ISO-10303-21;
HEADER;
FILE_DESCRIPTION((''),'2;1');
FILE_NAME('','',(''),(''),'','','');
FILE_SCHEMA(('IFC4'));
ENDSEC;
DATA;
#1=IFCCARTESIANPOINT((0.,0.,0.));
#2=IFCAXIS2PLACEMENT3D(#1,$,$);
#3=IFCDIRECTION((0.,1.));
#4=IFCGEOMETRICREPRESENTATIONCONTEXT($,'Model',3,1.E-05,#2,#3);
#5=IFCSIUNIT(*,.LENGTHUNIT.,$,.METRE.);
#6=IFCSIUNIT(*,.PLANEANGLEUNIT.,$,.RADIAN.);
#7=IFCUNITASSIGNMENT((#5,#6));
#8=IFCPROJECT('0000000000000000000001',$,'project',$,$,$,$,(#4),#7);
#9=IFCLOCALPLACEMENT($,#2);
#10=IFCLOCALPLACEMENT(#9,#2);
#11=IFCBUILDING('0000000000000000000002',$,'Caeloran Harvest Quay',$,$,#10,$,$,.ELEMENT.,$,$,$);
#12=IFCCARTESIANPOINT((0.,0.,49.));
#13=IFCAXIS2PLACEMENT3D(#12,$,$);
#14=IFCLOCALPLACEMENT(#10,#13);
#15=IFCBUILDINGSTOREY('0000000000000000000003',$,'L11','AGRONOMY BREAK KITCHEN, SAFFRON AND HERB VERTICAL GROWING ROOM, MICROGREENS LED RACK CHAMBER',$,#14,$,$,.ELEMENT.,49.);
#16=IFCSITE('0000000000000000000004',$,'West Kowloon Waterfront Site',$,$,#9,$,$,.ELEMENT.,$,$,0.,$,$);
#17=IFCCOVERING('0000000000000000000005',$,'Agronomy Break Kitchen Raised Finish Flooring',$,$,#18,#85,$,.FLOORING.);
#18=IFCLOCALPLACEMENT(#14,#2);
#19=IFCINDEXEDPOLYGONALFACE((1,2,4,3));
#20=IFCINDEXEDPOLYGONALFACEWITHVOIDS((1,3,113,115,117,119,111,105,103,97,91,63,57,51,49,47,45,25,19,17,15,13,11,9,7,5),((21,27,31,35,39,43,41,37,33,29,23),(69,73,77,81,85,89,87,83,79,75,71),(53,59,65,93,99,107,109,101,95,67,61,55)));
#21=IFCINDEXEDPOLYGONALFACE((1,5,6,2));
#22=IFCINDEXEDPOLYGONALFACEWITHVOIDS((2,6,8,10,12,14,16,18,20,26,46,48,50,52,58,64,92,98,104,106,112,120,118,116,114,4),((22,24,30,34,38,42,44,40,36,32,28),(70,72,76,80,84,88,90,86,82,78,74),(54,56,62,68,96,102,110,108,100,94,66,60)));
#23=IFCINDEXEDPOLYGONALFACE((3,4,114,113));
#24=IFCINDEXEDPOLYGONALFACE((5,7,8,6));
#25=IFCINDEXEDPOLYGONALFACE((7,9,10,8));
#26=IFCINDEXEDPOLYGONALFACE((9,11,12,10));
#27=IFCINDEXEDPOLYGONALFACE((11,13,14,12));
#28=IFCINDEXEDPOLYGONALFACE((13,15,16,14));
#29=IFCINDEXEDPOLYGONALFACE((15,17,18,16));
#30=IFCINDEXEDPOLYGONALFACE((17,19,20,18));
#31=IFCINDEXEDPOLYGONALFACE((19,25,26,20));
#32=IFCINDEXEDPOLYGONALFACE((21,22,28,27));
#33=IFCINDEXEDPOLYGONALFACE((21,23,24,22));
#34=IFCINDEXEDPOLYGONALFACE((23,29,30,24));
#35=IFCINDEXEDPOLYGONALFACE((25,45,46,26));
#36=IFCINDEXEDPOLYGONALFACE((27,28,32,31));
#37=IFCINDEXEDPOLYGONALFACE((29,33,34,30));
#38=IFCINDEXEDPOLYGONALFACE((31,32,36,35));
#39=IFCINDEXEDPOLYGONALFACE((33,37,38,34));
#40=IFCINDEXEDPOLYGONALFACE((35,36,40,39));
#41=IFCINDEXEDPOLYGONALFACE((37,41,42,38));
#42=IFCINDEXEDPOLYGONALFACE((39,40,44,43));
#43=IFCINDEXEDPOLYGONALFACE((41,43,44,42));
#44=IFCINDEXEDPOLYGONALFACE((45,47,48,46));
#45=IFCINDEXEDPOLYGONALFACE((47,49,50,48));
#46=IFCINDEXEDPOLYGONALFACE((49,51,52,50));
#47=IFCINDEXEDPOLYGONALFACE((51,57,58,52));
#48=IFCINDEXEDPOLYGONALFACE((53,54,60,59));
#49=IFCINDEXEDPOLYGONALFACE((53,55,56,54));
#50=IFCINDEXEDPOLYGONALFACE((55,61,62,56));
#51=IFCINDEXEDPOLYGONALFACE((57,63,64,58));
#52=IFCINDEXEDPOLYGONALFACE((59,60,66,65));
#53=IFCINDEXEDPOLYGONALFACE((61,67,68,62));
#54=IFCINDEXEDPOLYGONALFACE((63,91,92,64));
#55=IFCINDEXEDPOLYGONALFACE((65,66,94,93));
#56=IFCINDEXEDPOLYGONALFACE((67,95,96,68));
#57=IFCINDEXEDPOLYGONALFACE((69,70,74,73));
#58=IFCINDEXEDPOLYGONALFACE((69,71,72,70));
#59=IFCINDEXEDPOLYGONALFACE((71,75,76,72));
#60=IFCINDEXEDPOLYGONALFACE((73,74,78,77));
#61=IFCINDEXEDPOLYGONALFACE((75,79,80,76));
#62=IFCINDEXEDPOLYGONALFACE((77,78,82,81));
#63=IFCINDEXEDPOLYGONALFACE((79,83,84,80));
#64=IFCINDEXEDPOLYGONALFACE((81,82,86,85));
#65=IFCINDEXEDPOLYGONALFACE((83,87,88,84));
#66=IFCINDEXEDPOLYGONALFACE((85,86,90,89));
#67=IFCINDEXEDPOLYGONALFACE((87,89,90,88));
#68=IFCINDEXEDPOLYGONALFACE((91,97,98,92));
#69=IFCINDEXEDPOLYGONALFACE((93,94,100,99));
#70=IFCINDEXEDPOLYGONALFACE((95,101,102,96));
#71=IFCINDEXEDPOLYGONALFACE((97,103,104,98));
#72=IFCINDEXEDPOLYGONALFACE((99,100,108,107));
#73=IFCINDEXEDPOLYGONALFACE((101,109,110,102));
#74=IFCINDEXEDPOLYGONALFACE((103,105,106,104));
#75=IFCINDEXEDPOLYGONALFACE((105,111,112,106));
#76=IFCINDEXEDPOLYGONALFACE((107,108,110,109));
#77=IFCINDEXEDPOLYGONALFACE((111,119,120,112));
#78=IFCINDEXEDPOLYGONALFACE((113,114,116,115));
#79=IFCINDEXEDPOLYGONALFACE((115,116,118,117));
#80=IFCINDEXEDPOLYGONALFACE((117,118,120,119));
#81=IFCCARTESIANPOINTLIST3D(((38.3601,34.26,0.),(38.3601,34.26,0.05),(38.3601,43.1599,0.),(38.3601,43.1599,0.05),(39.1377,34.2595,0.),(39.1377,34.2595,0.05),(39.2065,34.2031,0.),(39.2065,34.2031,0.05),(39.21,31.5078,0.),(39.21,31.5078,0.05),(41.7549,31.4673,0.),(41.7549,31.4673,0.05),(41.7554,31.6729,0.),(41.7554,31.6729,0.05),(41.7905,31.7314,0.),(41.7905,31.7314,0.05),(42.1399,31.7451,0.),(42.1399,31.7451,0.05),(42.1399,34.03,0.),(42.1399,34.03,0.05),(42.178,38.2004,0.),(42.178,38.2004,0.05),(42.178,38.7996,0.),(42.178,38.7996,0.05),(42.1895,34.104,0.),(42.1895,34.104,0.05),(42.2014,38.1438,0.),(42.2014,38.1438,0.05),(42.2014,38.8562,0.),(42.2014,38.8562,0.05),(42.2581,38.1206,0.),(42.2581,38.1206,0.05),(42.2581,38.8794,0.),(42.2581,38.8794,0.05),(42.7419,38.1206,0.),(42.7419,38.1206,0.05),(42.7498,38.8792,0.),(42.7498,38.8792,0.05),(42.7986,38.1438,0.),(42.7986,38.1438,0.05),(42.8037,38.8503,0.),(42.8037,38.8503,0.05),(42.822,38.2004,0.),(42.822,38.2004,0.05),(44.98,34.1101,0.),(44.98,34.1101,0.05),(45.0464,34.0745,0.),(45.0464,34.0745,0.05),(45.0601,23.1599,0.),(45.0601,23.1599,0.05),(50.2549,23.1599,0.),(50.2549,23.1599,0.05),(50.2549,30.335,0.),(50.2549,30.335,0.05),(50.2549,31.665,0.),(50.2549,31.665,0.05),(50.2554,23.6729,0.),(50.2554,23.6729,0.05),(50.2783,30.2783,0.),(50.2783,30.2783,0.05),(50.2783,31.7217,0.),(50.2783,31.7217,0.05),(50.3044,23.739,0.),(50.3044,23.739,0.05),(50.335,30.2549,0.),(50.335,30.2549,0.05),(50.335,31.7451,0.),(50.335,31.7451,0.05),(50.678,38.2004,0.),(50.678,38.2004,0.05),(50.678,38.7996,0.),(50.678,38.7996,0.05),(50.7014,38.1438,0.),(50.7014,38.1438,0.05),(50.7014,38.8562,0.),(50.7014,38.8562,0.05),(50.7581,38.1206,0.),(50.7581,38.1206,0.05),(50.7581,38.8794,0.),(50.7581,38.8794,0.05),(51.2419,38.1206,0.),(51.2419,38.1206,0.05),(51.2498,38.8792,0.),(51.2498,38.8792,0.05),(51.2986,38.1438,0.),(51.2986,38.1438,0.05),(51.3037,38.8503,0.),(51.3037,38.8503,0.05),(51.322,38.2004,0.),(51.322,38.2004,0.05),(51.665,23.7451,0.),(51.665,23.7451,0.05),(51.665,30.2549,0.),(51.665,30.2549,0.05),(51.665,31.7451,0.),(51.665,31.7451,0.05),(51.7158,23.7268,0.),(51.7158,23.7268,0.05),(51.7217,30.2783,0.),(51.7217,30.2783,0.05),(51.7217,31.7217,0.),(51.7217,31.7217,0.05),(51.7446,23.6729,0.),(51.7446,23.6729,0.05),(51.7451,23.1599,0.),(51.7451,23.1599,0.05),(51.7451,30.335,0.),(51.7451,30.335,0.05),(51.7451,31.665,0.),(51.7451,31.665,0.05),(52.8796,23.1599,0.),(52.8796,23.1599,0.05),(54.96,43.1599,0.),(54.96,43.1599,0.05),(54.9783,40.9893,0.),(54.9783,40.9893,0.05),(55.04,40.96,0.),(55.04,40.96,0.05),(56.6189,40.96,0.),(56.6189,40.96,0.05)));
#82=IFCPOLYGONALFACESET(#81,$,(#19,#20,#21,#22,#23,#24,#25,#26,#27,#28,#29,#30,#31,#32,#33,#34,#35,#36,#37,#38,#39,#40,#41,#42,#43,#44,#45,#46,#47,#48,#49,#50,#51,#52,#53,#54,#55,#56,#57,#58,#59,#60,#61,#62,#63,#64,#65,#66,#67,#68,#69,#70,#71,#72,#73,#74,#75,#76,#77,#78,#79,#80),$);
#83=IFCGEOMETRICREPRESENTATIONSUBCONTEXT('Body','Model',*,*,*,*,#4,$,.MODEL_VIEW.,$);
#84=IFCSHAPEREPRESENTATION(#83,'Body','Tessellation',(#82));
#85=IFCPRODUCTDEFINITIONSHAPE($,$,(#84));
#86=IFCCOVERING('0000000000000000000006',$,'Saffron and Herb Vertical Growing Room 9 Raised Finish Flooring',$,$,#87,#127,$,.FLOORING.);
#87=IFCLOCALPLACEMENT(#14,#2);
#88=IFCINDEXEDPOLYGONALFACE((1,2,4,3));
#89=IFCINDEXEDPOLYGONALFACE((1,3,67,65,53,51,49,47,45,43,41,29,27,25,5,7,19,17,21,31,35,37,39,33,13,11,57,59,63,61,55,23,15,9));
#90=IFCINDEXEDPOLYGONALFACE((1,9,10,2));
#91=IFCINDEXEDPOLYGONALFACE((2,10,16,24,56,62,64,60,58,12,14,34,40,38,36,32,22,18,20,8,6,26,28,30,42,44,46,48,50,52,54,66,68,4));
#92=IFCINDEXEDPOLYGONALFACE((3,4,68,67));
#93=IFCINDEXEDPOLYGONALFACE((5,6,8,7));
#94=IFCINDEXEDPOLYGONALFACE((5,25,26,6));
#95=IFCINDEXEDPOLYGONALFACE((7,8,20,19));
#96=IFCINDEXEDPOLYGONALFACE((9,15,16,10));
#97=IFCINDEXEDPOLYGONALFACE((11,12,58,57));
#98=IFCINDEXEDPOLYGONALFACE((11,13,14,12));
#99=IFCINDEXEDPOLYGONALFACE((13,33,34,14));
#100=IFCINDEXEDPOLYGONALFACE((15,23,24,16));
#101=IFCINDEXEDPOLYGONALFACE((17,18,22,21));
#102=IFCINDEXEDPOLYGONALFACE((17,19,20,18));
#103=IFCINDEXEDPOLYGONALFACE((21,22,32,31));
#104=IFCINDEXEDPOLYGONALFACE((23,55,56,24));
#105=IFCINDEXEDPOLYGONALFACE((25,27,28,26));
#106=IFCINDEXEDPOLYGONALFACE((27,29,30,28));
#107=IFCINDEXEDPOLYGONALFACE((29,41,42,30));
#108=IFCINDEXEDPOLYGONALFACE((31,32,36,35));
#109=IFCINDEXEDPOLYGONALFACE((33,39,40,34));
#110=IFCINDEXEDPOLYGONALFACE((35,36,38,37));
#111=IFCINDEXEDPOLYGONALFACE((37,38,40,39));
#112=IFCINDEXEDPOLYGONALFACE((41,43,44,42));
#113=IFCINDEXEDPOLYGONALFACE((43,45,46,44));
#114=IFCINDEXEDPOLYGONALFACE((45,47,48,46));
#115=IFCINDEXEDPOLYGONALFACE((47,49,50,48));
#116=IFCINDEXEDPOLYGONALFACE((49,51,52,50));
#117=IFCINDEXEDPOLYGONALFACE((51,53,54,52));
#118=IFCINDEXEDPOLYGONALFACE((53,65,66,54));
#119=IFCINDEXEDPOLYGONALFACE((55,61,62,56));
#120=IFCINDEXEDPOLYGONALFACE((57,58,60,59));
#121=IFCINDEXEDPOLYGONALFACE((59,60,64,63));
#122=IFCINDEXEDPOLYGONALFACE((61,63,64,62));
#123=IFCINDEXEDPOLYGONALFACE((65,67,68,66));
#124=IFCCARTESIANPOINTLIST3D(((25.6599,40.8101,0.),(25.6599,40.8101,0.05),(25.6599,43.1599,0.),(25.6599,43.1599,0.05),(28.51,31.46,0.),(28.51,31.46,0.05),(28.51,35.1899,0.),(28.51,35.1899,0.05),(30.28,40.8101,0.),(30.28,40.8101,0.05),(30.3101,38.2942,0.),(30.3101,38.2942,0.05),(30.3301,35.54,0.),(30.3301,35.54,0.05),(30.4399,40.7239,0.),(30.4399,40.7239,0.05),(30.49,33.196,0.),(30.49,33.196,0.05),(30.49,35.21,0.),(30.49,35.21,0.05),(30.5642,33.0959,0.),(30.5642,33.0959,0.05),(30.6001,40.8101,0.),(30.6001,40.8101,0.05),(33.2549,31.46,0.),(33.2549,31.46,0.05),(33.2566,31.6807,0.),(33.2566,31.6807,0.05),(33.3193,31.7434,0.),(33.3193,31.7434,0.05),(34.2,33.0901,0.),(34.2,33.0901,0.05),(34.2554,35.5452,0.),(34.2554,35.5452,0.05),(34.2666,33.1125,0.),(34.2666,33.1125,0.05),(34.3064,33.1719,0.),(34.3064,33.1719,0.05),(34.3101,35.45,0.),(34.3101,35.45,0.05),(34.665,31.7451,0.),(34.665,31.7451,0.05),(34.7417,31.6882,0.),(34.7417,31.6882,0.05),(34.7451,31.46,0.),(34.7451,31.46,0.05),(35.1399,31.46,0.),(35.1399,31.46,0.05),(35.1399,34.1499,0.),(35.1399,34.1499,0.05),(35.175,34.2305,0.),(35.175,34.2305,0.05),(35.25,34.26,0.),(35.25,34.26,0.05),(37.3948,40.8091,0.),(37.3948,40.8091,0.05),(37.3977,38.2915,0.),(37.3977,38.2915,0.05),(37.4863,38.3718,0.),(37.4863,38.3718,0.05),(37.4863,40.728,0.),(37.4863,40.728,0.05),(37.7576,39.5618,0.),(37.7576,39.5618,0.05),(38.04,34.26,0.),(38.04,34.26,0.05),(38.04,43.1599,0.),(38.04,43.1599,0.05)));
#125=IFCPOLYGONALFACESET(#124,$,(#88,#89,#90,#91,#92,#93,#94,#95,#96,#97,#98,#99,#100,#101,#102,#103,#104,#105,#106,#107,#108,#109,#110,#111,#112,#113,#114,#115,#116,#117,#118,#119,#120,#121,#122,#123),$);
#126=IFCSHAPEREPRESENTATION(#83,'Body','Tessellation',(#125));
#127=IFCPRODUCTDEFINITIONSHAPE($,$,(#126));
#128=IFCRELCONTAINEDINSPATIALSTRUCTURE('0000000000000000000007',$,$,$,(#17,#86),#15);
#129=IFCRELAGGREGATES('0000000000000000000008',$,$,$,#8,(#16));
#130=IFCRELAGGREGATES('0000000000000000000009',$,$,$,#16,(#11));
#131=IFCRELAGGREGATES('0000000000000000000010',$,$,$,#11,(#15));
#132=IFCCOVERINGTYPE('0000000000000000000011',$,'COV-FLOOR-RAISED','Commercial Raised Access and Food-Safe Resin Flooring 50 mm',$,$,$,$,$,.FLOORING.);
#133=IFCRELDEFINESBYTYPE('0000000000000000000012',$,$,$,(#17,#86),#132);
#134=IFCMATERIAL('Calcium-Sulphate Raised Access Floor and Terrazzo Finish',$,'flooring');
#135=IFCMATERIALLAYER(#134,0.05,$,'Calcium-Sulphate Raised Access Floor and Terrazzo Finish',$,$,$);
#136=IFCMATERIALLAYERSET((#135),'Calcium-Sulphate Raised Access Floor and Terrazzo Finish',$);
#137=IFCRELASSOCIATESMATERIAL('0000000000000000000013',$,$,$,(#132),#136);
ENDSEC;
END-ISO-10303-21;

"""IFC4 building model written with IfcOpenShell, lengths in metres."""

from ifc_helpers import new_model, si_unit, direction, frame, origin, place, context, subcontext, project, spatial, polyline, outline, extrude, material, layer, layer_set, type_object, element, save


model = new_model("IFC4")

# Units and contexts
model_context = context("Model", 3, precision=1e-05, world=origin(), true_north=direction((0.0, 1.0)))
body_context = subcontext(model_context, "Body", "Model", "MODEL_VIEW")
ifc_project = project(units=[si_unit("LENGTHUNIT", "METRE"), si_unit("PLANEANGLEUNIT", "RADIAN")], contexts=[model_context])

# Site, building, storey
site_placement = place(None, origin())
site = spatial("IfcSite", under=ifc_project, at=site_placement, Name="West Kowloon Waterfront Site", CompositionType="ELEMENT", RefElevation=0.0)
building_placement = place(site_placement, origin())
building = spatial("IfcBuilding", under=site, at=building_placement, Name="Caeloran Harvest Quay", CompositionType="ELEMENT")
storey_placement = place(building_placement, frame((0.0, 0.0, 49.0)))
storey = spatial("IfcBuildingStorey", under=building, at=storey_placement, Name="L11", Description="AGRONOMY BREAK KITCHEN, SAFFRON AND HERB VERTICAL GROWING ROOM, MICROGREENS LED RACK CHAMBER", CompositionType="ELEMENT", Elevation=49.0)

# Coverings
ifc_material_1 = material(Name="Calcium-Sulphate Raised Access Floor and Terrazzo Finish", Category="flooring")
ifc_layer_1 = layer(ifc_material_1, 0.05, Name="Calcium-Sulphate Raised Access Floor and Terrazzo Finish")
ifc_layer_set_1 = layer_set([ifc_layer_1], Name="Calcium-Sulphate Raised Access Floor and Terrazzo Finish")
covering_type_1 = type_object("IfcCoveringType", Name="COV-FLOOR-RAISED", Description="Commercial Raised Access and Food-Safe Resin Flooring 50 mm", PredefinedType="FLOORING", material=ifc_layer_set_1)
covering_1_placement = place(storey_placement, origin())
element("IfcCovering", 1, at=covering_1_placement, inside=storey, type_object=covering_type_1, Name="Agronomy Break Kitchen Raised Finish Flooring", PredefinedType="FLOORING", context=body_context, shape_type="SweptSolid", body=[
    extrude(outline(polyline([(38.3601, 34.26), (38.3601, 43.1599), (54.96, 43.1599), (54.9783, 40.9893), (55.04, 40.96), (56.6189, 40.96), (52.8796, 23.1599), (51.7451, 23.1599), (51.7446, 23.6729), (51.7158, 23.7268), (51.665, 23.7451), (50.3044, 23.739), (50.2554, 23.6729), (50.2549, 23.1599), (45.0601, 23.1599), (45.0464, 34.0745), (44.98, 34.1101), (42.1895, 34.104), (42.1399, 34.03), (42.1399, 31.7451), (41.7905, 31.7314), (41.7554, 31.6729), (41.7549, 31.4673), (39.21, 31.5078), (39.2065, 34.2031), (39.1377, 34.2595), (38.3601, 34.26)]), holes=[polyline([(51.7451, 31.665), (51.7217, 31.7217), (51.665, 31.7451), (50.335, 31.7451), (50.2783, 31.7217), (50.2549, 31.665), (50.2549, 30.335), (50.2783, 30.2783), (50.335, 30.2549), (51.665, 30.2549), (51.7217, 30.2783), (51.7451, 30.335), (51.7451, 31.665)]), polyline([(51.322, 38.2004), (51.3037, 38.8503), (51.2498, 38.8792), (50.7581, 38.8794), (50.7014, 38.8562), (50.678, 38.7996), (50.678, 38.2004), (50.7014, 38.1438), (50.7581, 38.1206), (51.2419, 38.1206), (51.2986, 38.1438), (51.322, 38.2004)]), polyline([(42.822, 38.2004), (42.8037, 38.8503), (42.7498, 38.8792), (42.2581, 38.8794), (42.2014, 38.8562), (42.178, 38.7996), (42.178, 38.2004), (42.2014, 38.1438), (42.2581, 38.1206), (42.7419, 38.1206), (42.7986, 38.1438), (42.822, 38.2004)])]), origin(), (0.0, 0.0, 1.0), 0.05),
])
covering_2_placement = place(storey_placement, origin())
element("IfcCovering", 2, at=covering_2_placement, inside=storey, type_object=covering_type_1, Name="Saffron and Herb Vertical Growing Room 9 Raised Finish Flooring", PredefinedType="FLOORING", context=body_context, shape_type="SweptSolid", body=[
    extrude(outline(polyline([(30.28, 40.8101), (25.6599, 40.8101), (25.6599, 43.1599), (38.04, 43.1599), (38.04, 34.26), (35.25, 34.26), (35.175, 34.2305), (35.1399, 34.1499), (35.1399, 31.46), (34.7451, 31.46), (34.7417, 31.6882), (34.665, 31.7451), (33.3193, 31.7434), (33.2566, 31.6807), (33.2549, 31.46), (28.51, 31.46), (28.51, 35.1899), (30.49, 35.21), (30.49, 33.196), (30.5642, 33.0959), (34.2, 33.0901), (34.2666, 33.1125), (34.3064, 33.1719), (34.3101, 35.45), (34.2554, 35.5452), (30.3301, 35.54), (30.3101, 38.2942), (37.3977, 38.2915), (37.4863, 38.3718), (37.7576, 39.5618), (37.4863, 40.728), (37.3948, 40.8091), (30.6001, 40.8101), (30.4399, 40.7239), (30.28, 40.8101)])), origin(), (0.0, 0.0, 1.0), 0.05),
])

save(model, "model.ifc")
